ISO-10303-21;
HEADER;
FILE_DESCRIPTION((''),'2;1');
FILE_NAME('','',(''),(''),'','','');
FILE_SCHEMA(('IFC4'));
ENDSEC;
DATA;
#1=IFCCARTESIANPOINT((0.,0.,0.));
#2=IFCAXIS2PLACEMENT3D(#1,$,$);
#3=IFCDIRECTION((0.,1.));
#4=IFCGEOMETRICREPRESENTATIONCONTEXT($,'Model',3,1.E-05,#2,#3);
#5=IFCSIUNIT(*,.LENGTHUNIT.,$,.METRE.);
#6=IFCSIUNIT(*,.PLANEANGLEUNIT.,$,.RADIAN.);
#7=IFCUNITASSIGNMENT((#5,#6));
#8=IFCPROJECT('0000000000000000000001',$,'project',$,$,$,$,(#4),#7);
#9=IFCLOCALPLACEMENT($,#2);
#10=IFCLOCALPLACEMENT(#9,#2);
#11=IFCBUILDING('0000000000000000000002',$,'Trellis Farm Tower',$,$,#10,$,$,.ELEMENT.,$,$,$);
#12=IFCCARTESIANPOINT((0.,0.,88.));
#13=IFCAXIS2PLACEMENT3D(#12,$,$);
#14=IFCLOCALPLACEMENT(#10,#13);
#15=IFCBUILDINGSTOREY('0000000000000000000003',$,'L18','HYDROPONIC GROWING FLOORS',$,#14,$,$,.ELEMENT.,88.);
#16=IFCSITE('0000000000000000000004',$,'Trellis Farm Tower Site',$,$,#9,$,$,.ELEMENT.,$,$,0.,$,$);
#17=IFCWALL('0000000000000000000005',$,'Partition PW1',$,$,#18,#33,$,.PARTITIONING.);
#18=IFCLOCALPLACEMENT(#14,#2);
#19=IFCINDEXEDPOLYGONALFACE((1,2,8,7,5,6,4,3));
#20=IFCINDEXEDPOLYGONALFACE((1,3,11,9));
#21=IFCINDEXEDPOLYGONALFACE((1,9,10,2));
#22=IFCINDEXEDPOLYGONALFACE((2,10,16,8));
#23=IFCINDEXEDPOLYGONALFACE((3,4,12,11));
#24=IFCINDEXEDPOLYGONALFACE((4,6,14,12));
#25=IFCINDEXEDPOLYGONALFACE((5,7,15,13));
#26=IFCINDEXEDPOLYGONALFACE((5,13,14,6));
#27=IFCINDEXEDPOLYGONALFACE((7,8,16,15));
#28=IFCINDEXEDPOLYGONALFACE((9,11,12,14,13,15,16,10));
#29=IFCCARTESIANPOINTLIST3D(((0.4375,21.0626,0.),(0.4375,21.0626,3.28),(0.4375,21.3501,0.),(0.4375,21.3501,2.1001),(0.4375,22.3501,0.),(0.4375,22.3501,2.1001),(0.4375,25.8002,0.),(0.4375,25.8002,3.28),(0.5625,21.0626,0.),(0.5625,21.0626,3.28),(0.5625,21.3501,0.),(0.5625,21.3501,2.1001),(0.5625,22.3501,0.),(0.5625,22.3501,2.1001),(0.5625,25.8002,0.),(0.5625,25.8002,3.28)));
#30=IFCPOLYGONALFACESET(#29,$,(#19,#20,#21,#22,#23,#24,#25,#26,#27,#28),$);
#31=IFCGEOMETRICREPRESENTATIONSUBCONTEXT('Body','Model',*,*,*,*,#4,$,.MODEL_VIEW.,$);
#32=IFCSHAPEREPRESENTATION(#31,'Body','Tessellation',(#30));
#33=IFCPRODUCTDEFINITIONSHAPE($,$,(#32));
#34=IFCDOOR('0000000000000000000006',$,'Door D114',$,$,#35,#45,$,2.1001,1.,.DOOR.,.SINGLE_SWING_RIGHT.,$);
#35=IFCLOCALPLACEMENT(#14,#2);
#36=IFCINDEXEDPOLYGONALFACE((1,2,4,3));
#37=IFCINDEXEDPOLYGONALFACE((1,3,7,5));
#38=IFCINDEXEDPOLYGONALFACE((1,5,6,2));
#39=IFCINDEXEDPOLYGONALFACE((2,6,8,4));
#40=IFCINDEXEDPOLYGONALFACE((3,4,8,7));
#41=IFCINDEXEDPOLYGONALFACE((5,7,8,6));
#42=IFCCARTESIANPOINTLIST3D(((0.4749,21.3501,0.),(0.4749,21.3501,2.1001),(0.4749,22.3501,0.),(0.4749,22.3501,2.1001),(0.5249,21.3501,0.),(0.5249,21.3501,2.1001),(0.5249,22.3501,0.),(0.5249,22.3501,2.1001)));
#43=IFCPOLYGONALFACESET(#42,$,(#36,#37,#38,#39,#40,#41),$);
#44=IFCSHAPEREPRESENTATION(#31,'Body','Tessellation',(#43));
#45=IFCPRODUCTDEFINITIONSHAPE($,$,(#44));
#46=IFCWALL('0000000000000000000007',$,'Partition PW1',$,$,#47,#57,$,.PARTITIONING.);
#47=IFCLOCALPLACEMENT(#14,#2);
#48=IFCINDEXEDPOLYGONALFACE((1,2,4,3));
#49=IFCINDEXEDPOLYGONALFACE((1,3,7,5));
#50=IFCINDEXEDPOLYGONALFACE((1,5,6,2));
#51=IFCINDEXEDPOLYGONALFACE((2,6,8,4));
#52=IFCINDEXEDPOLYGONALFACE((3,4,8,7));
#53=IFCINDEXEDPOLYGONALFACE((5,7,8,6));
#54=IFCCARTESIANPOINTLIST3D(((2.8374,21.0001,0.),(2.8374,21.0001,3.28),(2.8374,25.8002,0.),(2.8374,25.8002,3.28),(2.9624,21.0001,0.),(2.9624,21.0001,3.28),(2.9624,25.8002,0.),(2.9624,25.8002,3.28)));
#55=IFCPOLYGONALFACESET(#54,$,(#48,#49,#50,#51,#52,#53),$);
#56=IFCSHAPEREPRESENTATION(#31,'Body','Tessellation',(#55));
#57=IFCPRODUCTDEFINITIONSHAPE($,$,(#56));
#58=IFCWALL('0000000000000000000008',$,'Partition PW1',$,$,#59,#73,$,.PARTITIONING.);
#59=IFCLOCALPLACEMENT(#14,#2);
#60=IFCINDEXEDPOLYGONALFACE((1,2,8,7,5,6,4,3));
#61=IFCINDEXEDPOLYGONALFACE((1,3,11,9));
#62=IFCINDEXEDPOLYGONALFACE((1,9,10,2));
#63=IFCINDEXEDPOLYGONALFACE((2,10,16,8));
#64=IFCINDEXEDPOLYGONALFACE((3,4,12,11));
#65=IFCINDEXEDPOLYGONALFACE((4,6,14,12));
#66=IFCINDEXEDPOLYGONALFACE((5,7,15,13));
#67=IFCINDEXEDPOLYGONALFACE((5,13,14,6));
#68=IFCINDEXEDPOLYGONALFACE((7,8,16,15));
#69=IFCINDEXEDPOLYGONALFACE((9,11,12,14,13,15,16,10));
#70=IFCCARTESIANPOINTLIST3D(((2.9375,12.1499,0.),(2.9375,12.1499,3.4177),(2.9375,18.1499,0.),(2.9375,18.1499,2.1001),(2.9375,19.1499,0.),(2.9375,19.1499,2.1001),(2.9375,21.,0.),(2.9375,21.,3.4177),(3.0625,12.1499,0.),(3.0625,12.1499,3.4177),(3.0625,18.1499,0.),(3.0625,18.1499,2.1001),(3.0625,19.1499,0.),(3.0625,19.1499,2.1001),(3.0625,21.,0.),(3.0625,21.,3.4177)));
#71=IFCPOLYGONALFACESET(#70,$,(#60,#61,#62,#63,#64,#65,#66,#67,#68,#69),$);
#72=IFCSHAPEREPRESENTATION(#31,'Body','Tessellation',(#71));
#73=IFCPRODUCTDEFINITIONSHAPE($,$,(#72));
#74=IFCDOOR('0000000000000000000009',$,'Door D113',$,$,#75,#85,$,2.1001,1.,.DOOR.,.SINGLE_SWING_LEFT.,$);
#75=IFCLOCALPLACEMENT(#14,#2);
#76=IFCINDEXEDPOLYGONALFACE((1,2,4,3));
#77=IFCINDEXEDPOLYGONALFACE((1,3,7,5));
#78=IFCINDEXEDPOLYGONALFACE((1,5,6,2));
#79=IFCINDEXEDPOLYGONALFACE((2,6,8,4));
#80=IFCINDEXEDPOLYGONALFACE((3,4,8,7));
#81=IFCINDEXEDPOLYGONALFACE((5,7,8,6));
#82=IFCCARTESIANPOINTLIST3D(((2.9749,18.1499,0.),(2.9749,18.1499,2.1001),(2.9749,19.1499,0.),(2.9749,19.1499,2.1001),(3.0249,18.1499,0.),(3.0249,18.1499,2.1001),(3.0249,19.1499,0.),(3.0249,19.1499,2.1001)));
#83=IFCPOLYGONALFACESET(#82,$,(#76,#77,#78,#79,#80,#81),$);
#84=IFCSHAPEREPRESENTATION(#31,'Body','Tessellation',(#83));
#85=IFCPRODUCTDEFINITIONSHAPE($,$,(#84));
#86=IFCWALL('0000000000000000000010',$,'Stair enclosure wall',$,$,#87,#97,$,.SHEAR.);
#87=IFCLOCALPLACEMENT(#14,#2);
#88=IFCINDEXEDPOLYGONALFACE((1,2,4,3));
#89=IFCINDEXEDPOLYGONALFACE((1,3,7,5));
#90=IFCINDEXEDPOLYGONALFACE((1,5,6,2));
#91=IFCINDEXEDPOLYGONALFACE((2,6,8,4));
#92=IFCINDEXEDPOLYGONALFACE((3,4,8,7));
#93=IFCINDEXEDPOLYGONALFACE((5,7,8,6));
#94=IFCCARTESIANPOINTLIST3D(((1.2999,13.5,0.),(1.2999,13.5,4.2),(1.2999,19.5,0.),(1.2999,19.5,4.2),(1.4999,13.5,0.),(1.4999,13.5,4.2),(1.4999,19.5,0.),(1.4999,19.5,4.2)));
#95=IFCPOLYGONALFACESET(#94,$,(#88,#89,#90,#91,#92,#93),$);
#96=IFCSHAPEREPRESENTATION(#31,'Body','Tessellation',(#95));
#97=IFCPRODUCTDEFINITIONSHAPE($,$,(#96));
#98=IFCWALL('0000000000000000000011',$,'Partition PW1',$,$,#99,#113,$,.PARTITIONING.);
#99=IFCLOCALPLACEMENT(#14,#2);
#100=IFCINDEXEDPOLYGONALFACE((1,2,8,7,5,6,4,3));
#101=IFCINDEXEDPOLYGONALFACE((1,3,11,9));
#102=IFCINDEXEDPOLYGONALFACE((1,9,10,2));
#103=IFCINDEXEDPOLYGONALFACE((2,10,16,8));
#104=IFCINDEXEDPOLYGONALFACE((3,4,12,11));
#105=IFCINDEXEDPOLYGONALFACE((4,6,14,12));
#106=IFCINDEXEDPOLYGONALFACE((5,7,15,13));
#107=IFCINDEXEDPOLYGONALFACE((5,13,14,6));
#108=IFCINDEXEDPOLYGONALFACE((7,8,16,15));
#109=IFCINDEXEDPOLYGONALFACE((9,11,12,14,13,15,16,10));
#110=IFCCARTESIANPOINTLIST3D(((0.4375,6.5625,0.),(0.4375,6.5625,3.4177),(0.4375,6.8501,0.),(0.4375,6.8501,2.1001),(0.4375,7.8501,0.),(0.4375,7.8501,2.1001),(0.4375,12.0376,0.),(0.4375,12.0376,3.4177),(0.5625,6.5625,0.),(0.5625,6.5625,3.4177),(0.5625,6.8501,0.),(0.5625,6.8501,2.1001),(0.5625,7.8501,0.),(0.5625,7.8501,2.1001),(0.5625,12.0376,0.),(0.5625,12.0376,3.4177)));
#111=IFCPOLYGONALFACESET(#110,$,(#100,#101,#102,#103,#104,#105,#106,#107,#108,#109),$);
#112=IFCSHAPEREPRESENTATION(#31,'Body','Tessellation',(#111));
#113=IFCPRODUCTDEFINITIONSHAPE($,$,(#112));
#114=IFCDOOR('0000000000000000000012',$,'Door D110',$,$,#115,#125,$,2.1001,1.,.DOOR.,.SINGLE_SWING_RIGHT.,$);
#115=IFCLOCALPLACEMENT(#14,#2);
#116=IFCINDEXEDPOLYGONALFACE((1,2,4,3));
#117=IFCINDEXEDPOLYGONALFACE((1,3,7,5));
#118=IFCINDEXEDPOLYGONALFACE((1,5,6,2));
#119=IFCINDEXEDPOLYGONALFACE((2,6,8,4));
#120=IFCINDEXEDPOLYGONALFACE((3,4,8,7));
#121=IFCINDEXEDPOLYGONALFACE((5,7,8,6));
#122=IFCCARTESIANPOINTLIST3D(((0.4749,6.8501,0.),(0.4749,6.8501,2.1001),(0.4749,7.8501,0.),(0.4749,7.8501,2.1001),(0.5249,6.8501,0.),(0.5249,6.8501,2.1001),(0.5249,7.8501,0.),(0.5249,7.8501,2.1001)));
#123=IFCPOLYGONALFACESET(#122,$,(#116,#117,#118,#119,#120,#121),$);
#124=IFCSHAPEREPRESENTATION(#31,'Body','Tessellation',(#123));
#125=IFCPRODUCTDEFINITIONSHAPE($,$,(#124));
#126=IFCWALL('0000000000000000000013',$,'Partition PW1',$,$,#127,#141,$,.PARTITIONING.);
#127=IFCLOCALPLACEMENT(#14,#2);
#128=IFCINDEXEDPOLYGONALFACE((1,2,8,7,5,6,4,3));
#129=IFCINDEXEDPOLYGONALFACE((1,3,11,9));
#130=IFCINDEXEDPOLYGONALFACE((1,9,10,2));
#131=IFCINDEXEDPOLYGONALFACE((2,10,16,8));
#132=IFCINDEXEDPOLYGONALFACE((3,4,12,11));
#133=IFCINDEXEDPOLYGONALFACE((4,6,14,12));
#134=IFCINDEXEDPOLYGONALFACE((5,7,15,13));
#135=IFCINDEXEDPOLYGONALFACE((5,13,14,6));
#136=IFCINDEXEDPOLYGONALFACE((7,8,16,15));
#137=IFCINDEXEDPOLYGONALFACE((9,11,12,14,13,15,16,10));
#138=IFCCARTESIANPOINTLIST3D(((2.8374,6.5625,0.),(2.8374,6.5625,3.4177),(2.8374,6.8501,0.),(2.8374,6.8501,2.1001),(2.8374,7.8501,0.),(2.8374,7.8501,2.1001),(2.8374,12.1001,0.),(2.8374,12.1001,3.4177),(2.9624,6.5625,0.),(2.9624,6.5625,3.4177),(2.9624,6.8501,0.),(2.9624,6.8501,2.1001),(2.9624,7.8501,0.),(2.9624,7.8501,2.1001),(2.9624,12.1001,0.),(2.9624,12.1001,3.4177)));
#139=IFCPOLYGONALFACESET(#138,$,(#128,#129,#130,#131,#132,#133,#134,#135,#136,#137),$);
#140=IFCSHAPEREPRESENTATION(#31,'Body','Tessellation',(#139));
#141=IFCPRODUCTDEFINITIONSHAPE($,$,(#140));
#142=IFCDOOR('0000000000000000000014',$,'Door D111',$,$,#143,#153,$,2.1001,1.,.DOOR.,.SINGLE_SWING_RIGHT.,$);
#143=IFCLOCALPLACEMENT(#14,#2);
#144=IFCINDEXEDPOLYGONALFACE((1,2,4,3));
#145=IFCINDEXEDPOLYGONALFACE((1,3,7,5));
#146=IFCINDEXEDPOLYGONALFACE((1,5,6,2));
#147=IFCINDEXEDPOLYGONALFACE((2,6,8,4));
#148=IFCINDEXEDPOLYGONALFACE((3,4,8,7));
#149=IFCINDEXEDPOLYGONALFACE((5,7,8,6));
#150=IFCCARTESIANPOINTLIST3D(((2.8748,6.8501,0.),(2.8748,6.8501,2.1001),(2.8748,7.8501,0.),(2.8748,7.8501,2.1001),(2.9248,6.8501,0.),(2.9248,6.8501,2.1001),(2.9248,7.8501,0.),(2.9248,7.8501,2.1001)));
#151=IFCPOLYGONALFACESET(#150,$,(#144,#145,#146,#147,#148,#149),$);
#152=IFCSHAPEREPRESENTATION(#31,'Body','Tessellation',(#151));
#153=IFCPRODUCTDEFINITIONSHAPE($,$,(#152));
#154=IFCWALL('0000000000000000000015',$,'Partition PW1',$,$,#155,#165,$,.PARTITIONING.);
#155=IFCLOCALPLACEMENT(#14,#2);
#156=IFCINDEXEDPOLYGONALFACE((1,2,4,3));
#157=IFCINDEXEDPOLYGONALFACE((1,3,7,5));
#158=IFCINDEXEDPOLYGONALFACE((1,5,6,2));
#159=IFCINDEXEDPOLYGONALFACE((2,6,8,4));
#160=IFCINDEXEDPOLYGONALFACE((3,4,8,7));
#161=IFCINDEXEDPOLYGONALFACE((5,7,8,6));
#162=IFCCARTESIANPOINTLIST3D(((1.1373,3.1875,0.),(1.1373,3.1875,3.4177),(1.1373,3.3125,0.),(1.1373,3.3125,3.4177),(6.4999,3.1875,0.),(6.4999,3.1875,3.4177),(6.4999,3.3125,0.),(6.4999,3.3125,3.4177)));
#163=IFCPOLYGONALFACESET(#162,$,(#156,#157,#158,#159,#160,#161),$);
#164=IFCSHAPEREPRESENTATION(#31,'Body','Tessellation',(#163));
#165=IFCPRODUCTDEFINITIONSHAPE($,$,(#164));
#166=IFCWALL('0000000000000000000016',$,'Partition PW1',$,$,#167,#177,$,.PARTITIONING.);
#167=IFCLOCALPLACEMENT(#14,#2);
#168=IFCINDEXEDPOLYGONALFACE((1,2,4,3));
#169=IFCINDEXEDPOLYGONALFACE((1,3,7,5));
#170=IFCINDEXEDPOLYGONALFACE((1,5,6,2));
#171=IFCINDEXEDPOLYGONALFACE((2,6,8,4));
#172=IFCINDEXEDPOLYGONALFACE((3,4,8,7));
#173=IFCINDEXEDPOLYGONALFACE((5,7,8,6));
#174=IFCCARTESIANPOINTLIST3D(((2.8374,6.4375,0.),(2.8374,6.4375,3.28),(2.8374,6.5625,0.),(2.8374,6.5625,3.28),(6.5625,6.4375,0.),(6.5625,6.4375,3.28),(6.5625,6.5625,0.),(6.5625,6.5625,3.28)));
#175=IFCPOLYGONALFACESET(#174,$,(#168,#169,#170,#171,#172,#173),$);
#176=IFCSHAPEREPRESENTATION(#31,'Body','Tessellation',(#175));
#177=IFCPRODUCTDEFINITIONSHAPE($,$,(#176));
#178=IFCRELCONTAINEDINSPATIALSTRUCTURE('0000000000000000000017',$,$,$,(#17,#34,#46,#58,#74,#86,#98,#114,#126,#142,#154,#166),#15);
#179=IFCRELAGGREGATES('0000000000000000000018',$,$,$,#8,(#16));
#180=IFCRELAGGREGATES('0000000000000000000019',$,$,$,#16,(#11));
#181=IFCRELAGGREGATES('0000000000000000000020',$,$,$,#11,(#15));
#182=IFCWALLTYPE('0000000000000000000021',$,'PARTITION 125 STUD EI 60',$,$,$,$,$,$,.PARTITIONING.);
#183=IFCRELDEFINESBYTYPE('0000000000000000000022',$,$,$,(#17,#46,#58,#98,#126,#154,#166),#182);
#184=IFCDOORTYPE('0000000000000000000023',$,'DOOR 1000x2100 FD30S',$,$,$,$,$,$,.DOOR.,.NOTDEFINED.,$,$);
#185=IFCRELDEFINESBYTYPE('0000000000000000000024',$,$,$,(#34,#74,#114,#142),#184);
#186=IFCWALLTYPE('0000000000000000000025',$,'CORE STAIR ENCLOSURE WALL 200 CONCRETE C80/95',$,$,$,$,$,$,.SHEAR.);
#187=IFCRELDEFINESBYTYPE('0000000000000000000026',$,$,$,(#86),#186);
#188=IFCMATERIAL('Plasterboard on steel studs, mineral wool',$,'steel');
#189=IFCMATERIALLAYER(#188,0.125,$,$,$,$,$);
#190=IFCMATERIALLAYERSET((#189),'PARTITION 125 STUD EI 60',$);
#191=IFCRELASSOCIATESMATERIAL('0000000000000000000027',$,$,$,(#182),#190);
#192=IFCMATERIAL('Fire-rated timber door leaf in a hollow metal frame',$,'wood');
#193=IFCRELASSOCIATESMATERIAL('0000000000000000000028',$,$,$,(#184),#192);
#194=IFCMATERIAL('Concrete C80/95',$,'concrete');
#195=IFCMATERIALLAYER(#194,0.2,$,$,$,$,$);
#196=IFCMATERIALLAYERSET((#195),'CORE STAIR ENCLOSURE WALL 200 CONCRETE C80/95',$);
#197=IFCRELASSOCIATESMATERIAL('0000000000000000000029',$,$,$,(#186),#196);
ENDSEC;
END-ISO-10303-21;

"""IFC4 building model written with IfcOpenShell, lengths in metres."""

from ifc_helpers import new_model, si_unit, direction, frame, frame_2d, origin, place, context, subcontext, project, spatial, rectangle, extrude, source, transform, mapped, material, layer, layer_set, type_object, element, fill, save


model = new_model("IFC4")

# Units and contexts
model_context = context("Model", 3, precision=1e-05, world=origin(), true_north=direction((0.0, 1.0)))
body_context = subcontext(model_context, "Body", "Model", "MODEL_VIEW")
ifc_project = project(units=[si_unit("LENGTHUNIT", "METRE"), si_unit("PLANEANGLEUNIT", "RADIAN")], contexts=[model_context])

# Site, building, storey
site_placement = place(None, origin())
site = spatial("IfcSite", under=ifc_project, at=site_placement, Name="Trellis Farm Tower Site", CompositionType="ELEMENT", RefElevation=0.0)
building_placement = place(site_placement, origin())
building = spatial("IfcBuilding", under=site, at=building_placement, Name="Trellis Farm Tower", CompositionType="ELEMENT")
storey_placement = place(building_placement, frame((0.0, 0.0, 88.0)))
storey = spatial("IfcBuildingStorey", under=building, at=storey_placement, Name="L18", Description="HYDROPONIC GROWING FLOORS", CompositionType="ELEMENT", Elevation=88.0)

# Shared definitions
ifc_material_1 = material(Name="Concrete C80/95", Category="concrete")

# Wall, opening, door
ifc_material_2 = material(Name="Plasterboard on steel studs, mineral wool", Category="steel")
ifc_layer_1 = layer(ifc_material_2, 0.125)
ifc_layer_set_1 = layer_set([ifc_layer_1], Name="PARTITION 125 STUD EI 60")
wall_type_1 = type_object("IfcWallType", Name="PARTITION 125 STUD EI 60", PredefinedType="PARTITIONING", material=ifc_layer_set_1)
wall_1_placement = place(storey_placement, frame((0.5, 25.8, 0.0), z_axis=(0.0, 0.0, 1.0), x_axis=(0.0, -1.0, 0.0)))
wall_1 = element("IfcWall", 1, at=wall_1_placement, inside=storey, type_object=wall_type_1, Name="Partition PW1", PredefinedType="PARTITIONING", context=body_context, shape_type="SweptSolid", body=[
    extrude(rectangle(XDim=4.7375, YDim=0.125, at=frame_2d((2.3687, 0.0))), origin(), (0.0, 0.0, 1.0), 3.28),
])
shared_shape_1 = source(origin(), body_context, "Body", "SweptSolid", [
    extrude(rectangle(XDim=1.0, YDim=2.1001, at=frame_2d((0.5, 1.05))), frame((0.0, 0.0725, 0.0), z_axis=(0.0, -1.0, 0.0), x_axis=(1.0, 0.0, 0.0)), (0.0, 0.0, 1.0), 0.145),
])
opening_1_placement = place(wall_1_placement, frame((3.45, 0.0, 0.0)))
opening_1 = element("IfcOpeningElement", 2, at=opening_1_placement, cuts=wall_1, PredefinedType="OPENING", context=body_context, shape_type="MappedRepresentation", body=[
    mapped(shared_shape_1, transform((0.0, 0.0, 0.0))),
])
ifc_material_3 = material(Name="Fire-rated timber door leaf in a hollow metal frame", Category="wood")
door_type = type_object("IfcDoorType", Name="DOOR 1000x2100 FD30S", OperationType="NOTDEFINED", PredefinedType="DOOR", material=ifc_material_3)
shared_shape_2 = source(origin(), body_context, "Body", "SweptSolid", [
    extrude(rectangle(XDim=1.0, YDim=2.1001, at=frame_2d((0.5, 1.05))), frame((0.0, 0.0249, 0.0), z_axis=(0.0, -1.0, 0.0), x_axis=(1.0, 0.0, 0.0)), (0.0, 0.0, 1.0), 0.05),
])
door_1_placement = place(opening_1_placement, origin())
door_1 = element("IfcDoor", 3, at=door_1_placement, inside=storey, type_object=door_type, Name="Door D114", OperationType="SINGLE_SWING_RIGHT", OverallHeight=2.1001, OverallWidth=1.0, PredefinedType="DOOR", context=body_context, shape_type="MappedRepresentation", body=[
    mapped(shared_shape_2, transform((0.0, 0.0, 0.0))),
])
fill(opening_1, door_1)

# Wall
wall_2_placement = place(storey_placement, frame((2.8999, 25.8, 0.0), z_axis=(0.0, 0.0, 1.0), x_axis=(0.0, -1.0, 0.0)))
element("IfcWall", 4, at=wall_2_placement, inside=storey, type_object=wall_type_1, Name="Partition PW1", PredefinedType="PARTITIONING", context=body_context, shape_type="SweptSolid", body=[
    extrude(rectangle(XDim=4.8, YDim=0.125, at=frame_2d((2.3999, 0.0))), origin(), (0.0, 0.0, 1.0), 3.28),
])

# Wall, opening, door
wall_3_placement = place(storey_placement, frame((3.0, 21.0, 0.0), z_axis=(0.0, 0.0, 1.0), x_axis=(0.0, -1.0, 0.0)))
wall_3 = element("IfcWall", 5, at=wall_3_placement, inside=storey, type_object=wall_type_1, Name="Partition PW1", PredefinedType="PARTITIONING", context=body_context, shape_type="SweptSolid", body=[
    extrude(rectangle(XDim=8.8501, YDim=0.125, at=frame_2d((4.425, 0.0))), origin(), (0.0, 0.0, 1.0), 3.4177),
])
opening_2_placement = place(wall_3_placement, frame((1.8501, 0.0, 0.0)))
opening_2 = element("IfcOpeningElement", 6, at=opening_2_placement, cuts=wall_3, PredefinedType="OPENING", context=body_context, shape_type="MappedRepresentation", body=[
    mapped(shared_shape_1, transform((0.0, 0.0, 0.0))),
])
door_2_placement = place(opening_2_placement, origin())
door_2 = element("IfcDoor", 7, at=door_2_placement, inside=storey, type_object=door_type, Name="Door D113", OperationType="SINGLE_SWING_LEFT", OverallHeight=2.1001, OverallWidth=1.0, PredefinedType="DOOR", context=body_context, shape_type="MappedRepresentation", body=[
    mapped(shared_shape_2, transform((0.0, 0.0, 0.0))),
])
fill(opening_2, door_2)

# Wall
ifc_layer_2 = layer(ifc_material_1, 0.2)
ifc_layer_set_2 = layer_set([ifc_layer_2], Name="CORE STAIR ENCLOSURE WALL 200 CONCRETE C80/95")
wall_type_2 = type_object("IfcWallType", Name="CORE STAIR ENCLOSURE WALL 200 CONCRETE C80/95", PredefinedType="SHEAR", material=ifc_layer_set_2)
shared_shape_3 = source(origin(), body_context, "Body", "SweptSolid", [
    extrude(rectangle(XDim=6.0, YDim=0.2, at=frame_2d((3.0, 0.0))), origin(), (0.0, 0.0, 1.0), 4.2),
])
wall_4_placement = place(storey_placement, frame((1.3999, 13.5, 0.0), z_axis=(0.0, 0.0, 1.0), x_axis=(0.0, 1.0, 0.0)))
element("IfcWall", 8, at=wall_4_placement, inside=storey, type_object=wall_type_2, Name="Stair enclosure wall", PredefinedType="SHEAR", context=body_context, shape_type="MappedRepresentation", body=[
    mapped(shared_shape_3, transform((0.0, 0.0, 0.0))),
])

# Walls, openings, doors
shared_shape_4 = source(origin(), body_context, "Body", "SweptSolid", [
    extrude(rectangle(XDim=5.4751, YDim=0.125, at=frame_2d((2.7375, 0.0))), origin(), (0.0, 0.0, 1.0), 3.4177),
])
wall_5_placement = place(storey_placement, frame((0.5, 12.0376, 0.0), z_axis=(0.0, 0.0, 1.0), x_axis=(0.0, -1.0, 0.0)))
wall_5 = element("IfcWall", 9, at=wall_5_placement, inside=storey, type_object=wall_type_1, Name="Partition PW1", PredefinedType="PARTITIONING", context=body_context, shape_type="MappedRepresentation", body=[
    mapped(shared_shape_4, transform((0.0, 0.0, 0.0))),
])
opening_3_placement = place(wall_5_placement, frame((4.1875, 0.0, 0.0)))
opening_3 = element("IfcOpeningElement", 10, at=opening_3_placement, cuts=wall_5, PredefinedType="OPENING", context=body_context, shape_type="MappedRepresentation", body=[
    mapped(shared_shape_1, transform((0.0, 0.0, 0.0))),
])
door_3_placement = place(opening_3_placement, origin())
door_3 = element("IfcDoor", 11, at=door_3_placement, inside=storey, type_object=door_type, Name="Door D110", OperationType="SINGLE_SWING_RIGHT", OverallHeight=2.1001, OverallWidth=1.0, PredefinedType="DOOR", context=body_context, shape_type="MappedRepresentation", body=[
    mapped(shared_shape_2, transform((0.0, 0.0, 0.0))),
])
fill(opening_3, door_3)
shared_shape_5 = source(origin(), body_context, "Body", "SweptSolid", [
    extrude(rectangle(XDim=5.5376, YDim=0.125, at=frame_2d((2.7688, 0.0))), origin(), (0.0, 0.0, 1.0), 3.4177),
])
wall_6_placement = place(storey_placement, frame((2.8999, 12.1001, 0.0), z_axis=(0.0, 0.0, 1.0), x_axis=(0.0, -1.0, 0.0)))
wall_6 = element("IfcWall", 12, at=wall_6_placement, inside=storey, type_object=wall_type_1, Name="Partition PW1", PredefinedType="PARTITIONING", context=body_context, shape_type="MappedRepresentation", body=[
    mapped(shared_shape_5, transform((0.0, 0.0, 0.0))),
])
opening_4_placement = place(wall_6_placement, frame((4.25, 0.0, 0.0)))
opening_4 = element("IfcOpeningElement", 13, at=opening_4_placement, cuts=wall_6, PredefinedType="OPENING", context=body_context, shape_type="MappedRepresentation", body=[
    mapped(shared_shape_1, transform((0.0, 0.0, 0.0))),
])
door_4_placement = place(opening_4_placement, origin())
door_4 = element("IfcDoor", 14, at=door_4_placement, inside=storey, type_object=door_type, Name="Door D111", OperationType="SINGLE_SWING_RIGHT", OverallHeight=2.1001, OverallWidth=1.0, PredefinedType="DOOR", context=body_context, shape_type="MappedRepresentation", body=[
    mapped(shared_shape_2, transform((0.0, 0.0, 0.0))),
])
fill(opening_4, door_4)

# Walls
shared_shape_6 = source(origin(), body_context, "Body", "SweptSolid", [
    extrude(rectangle(XDim=5.3625, YDim=0.125, at=frame_2d((2.6812, 0.0))), origin(), (0.0, 0.0, 1.0), 3.4177),
])
wall_7_placement = place(storey_placement, frame((1.1375, 3.25, 0.0), z_axis=(0.0, 0.0, 1.0), x_axis=(1.0, 0.0, 0.0)))
element("IfcWall", 15, at=wall_7_placement, inside=storey, type_object=wall_type_1, Name="Partition PW1", PredefinedType="PARTITIONING", context=body_context, shape_type="MappedRepresentation", body=[
    mapped(shared_shape_6, transform((0.0, 0.0, 0.0))),
])
shared_shape_7 = source(origin(), body_context, "Body", "SweptSolid", [
    extrude(rectangle(XDim=3.7251, YDim=0.125, at=frame_2d((1.8625, 0.0))), origin(), (0.0, 0.0, 1.0), 3.28),
])
wall_8_placement = place(storey_placement, frame((2.8374, 6.5, 0.0), z_axis=(0.0, 0.0, 1.0), x_axis=(1.0, 0.0, 0.0)))
element("IfcWall", 16, at=wall_8_placement, inside=storey, type_object=wall_type_1, Name="Partition PW1", PredefinedType="PARTITIONING", context=body_context, shape_type="MappedRepresentation", body=[
    mapped(shared_shape_7, transform((0.0, 0.0, 0.0))),
])

save(model, "model.ifc")
